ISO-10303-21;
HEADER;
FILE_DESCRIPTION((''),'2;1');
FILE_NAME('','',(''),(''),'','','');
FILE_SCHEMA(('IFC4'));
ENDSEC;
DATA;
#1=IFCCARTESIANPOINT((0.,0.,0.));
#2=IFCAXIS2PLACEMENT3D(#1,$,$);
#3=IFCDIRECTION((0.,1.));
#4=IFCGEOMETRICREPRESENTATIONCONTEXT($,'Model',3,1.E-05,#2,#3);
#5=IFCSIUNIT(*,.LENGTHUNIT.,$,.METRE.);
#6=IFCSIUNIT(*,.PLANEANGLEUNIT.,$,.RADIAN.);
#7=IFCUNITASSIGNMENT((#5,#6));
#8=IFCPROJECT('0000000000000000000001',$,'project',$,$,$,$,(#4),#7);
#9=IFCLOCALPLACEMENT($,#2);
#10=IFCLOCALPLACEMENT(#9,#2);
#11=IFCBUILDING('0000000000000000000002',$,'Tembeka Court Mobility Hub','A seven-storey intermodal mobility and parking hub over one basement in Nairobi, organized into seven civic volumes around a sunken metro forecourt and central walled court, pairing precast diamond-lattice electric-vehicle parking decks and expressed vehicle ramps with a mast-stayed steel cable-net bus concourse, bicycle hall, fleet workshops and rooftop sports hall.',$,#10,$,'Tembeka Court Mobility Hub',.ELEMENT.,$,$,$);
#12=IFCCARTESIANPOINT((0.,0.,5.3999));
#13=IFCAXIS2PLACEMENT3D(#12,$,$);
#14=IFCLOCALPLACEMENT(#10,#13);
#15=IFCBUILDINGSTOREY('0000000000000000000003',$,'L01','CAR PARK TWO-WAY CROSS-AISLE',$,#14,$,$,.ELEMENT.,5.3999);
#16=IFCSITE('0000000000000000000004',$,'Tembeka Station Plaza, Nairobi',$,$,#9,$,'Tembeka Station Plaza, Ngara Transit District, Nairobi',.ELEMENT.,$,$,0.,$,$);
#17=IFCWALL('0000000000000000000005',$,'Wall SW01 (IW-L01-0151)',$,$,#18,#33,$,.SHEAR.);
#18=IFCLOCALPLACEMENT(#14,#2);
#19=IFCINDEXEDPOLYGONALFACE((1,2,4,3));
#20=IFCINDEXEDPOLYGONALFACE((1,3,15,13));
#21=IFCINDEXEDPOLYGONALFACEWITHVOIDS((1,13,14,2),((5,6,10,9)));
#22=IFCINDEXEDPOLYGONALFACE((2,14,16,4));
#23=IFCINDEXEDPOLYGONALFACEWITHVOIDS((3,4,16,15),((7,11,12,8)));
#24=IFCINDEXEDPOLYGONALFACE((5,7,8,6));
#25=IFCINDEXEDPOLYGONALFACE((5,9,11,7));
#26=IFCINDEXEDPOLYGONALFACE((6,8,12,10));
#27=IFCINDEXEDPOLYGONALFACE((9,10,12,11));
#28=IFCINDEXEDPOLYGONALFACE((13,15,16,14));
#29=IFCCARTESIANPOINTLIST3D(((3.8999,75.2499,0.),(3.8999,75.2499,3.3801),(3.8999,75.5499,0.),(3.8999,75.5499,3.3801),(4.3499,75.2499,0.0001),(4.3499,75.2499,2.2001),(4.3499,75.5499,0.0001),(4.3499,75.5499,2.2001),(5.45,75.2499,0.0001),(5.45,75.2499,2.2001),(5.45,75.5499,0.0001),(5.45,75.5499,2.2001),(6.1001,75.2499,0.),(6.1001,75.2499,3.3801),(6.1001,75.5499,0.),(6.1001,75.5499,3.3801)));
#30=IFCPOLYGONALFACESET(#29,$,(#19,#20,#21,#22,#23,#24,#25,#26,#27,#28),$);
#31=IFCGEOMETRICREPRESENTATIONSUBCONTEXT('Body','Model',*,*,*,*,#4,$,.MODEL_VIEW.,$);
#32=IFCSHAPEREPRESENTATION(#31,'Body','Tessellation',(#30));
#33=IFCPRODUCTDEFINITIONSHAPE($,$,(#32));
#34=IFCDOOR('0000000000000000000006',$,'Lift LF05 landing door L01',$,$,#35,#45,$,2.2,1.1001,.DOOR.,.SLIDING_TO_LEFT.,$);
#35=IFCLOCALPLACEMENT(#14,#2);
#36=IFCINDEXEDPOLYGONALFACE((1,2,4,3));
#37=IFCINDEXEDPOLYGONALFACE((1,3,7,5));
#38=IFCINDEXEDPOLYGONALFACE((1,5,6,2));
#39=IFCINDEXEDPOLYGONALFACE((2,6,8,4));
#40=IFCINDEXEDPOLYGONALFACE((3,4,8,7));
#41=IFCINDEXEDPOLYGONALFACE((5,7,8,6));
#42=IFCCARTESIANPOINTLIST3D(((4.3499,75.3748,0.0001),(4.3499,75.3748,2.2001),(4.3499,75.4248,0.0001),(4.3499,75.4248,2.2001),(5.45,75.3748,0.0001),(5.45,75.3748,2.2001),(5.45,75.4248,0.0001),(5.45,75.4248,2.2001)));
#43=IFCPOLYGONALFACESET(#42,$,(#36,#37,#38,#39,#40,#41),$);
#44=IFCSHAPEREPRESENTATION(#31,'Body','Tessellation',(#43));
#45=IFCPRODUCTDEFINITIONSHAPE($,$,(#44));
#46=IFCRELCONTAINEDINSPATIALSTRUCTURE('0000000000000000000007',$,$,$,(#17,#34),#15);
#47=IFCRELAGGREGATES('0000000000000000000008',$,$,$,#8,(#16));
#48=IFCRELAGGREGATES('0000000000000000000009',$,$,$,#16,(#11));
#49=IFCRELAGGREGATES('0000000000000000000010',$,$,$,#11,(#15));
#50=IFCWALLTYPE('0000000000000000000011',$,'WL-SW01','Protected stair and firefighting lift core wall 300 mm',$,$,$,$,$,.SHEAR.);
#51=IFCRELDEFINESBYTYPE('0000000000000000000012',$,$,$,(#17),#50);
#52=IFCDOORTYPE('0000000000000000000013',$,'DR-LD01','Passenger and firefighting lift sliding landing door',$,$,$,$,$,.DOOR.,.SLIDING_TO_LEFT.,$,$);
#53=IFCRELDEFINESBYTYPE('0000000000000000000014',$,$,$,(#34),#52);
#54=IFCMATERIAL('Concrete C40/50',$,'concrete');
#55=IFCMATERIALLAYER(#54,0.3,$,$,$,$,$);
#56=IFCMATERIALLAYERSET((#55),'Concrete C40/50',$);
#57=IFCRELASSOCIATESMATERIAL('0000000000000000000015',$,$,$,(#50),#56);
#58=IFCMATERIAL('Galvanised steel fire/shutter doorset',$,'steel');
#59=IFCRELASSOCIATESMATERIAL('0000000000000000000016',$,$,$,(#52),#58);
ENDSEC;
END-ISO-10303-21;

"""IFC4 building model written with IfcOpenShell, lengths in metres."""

from ifc_helpers import new_model, si_unit, direction, frame, frame_2d, origin, place, context, subcontext, project, spatial, rectangle, extrude, material, layer, layer_set, type_object, element, fill, save


model = new_model("IFC4")

# Units and contexts
model_context = context("Model", 3, precision=1e-05, world=origin(), true_north=direction((0.0, 1.0)))
body_context = subcontext(model_context, "Body", "Model", "MODEL_VIEW")
ifc_project = project(units=[si_unit("LENGTHUNIT", "METRE"), si_unit("PLANEANGLEUNIT", "RADIAN")], contexts=[model_context])

# Site, building, storey
site_placement = place(None, origin())
site = spatial("IfcSite", under=ifc_project, at=site_placement, Name="Tembeka Station Plaza, Nairobi", LongName="Tembeka Station Plaza, Ngara Transit District, Nairobi", CompositionType="ELEMENT", RefElevation=0.0)
building_placement = place(site_placement, origin())
building = spatial("IfcBuilding", under=site, at=building_placement, Name="Tembeka Court Mobility Hub", Description="A seven-storey intermodal mobility and parking hub over one basement in Nairobi, organized into seven civic volumes around a sunken metro forecourt and central walled court, pairing precast diamond-lattice electric-vehicle parking decks and expressed vehicle ramps with a mast-stayed steel cable-net bus concourse, bicycle hall, fleet workshops and rooftop sports hall.", LongName="Tembeka Court Mobility Hub", CompositionType="ELEMENT")
storey_placement = place(building_placement, frame((0.0, 0.0, 5.3999)))
storey = spatial("IfcBuildingStorey", under=building, at=storey_placement, Name="L01", Description="CAR PARK TWO-WAY CROSS-AISLE", CompositionType="ELEMENT", Elevation=5.3999)

# Shared definitions
ifc_material_1 = material(Name="Concrete C40/50", Category="concrete")

# Wall, opening, door
ifc_layer_1 = layer(ifc_material_1, 0.3)
ifc_layer_set_1 = layer_set([ifc_layer_1], Name="Concrete C40/50")
wall_type_1 = type_object("IfcWallType", Name="WL-SW01", Description="Protected stair and firefighting lift core wall 300 mm", PredefinedType="SHEAR", material=ifc_layer_set_1)
wall_1_placement = place(storey_placement, frame((3.8999, 75.3999, 0.0), z_axis=(0.0, 0.0, 1.0), x_axis=(1.0, 0.0, 0.0)))
wall_1 = element("IfcWall", 1, at=wall_1_placement, inside=storey, type_object=wall_type_1, Name="Wall SW01 (IW-L01-0151)", PredefinedType="SHEAR", context=body_context, shape_type="SweptSolid", body=[
    extrude(rectangle(XDim=2.2002, YDim=0.3, at=frame_2d((1.1001, 0.0))), origin(), (0.0, 0.0, 1.0), 3.3801),
])
opening_placement = place(wall_1_placement, frame((0.45, 0.0, 0.0)))
opening = element("IfcOpeningElement", 2, at=opening_placement, cuts=wall_1, PredefinedType="OPENING", context=body_context, shape_type="SweptSolid", body=[
    extrude(rectangle(XDim=1.1001, YDim=2.2, at=frame_2d((0.55, 1.1001))), frame((0.0, 0.1602, 0.0), z_axis=(0.0, -1.0, 0.0), x_axis=(1.0, 0.0, 0.0)), (0.0, 0.0, 1.0), 0.3201),
])
ifc_material_2 = material(Name="Galvanised steel fire/shutter doorset", Category="steel")
door_type = type_object("IfcDoorType", Name="DR-LD01", Description="Passenger and firefighting lift sliding landing door", OperationType="SLIDING_TO_LEFT", PredefinedType="DOOR", material=ifc_material_2)
door_placement = place(opening_placement, origin())
door = element("IfcDoor", 3, at=door_placement, inside=storey, type_object=door_type, Name="Lift LF05 landing door L01", OperationType="SLIDING_TO_LEFT", OverallHeight=2.2, OverallWidth=1.1001, PredefinedType="DOOR", context=body_context, shape_type="SweptSolid", body=[
    extrude(rectangle(XDim=1.1001, YDim=2.2, at=frame_2d((0.55, 1.1001))), frame((0.0, 0.0249, 0.0), z_axis=(0.0, -1.0, 0.0), x_axis=(1.0, 0.0, 0.0)), (0.0, 0.0, 1.0), 0.05),
])
fill(opening, door)

save(model, "model.ifc")
